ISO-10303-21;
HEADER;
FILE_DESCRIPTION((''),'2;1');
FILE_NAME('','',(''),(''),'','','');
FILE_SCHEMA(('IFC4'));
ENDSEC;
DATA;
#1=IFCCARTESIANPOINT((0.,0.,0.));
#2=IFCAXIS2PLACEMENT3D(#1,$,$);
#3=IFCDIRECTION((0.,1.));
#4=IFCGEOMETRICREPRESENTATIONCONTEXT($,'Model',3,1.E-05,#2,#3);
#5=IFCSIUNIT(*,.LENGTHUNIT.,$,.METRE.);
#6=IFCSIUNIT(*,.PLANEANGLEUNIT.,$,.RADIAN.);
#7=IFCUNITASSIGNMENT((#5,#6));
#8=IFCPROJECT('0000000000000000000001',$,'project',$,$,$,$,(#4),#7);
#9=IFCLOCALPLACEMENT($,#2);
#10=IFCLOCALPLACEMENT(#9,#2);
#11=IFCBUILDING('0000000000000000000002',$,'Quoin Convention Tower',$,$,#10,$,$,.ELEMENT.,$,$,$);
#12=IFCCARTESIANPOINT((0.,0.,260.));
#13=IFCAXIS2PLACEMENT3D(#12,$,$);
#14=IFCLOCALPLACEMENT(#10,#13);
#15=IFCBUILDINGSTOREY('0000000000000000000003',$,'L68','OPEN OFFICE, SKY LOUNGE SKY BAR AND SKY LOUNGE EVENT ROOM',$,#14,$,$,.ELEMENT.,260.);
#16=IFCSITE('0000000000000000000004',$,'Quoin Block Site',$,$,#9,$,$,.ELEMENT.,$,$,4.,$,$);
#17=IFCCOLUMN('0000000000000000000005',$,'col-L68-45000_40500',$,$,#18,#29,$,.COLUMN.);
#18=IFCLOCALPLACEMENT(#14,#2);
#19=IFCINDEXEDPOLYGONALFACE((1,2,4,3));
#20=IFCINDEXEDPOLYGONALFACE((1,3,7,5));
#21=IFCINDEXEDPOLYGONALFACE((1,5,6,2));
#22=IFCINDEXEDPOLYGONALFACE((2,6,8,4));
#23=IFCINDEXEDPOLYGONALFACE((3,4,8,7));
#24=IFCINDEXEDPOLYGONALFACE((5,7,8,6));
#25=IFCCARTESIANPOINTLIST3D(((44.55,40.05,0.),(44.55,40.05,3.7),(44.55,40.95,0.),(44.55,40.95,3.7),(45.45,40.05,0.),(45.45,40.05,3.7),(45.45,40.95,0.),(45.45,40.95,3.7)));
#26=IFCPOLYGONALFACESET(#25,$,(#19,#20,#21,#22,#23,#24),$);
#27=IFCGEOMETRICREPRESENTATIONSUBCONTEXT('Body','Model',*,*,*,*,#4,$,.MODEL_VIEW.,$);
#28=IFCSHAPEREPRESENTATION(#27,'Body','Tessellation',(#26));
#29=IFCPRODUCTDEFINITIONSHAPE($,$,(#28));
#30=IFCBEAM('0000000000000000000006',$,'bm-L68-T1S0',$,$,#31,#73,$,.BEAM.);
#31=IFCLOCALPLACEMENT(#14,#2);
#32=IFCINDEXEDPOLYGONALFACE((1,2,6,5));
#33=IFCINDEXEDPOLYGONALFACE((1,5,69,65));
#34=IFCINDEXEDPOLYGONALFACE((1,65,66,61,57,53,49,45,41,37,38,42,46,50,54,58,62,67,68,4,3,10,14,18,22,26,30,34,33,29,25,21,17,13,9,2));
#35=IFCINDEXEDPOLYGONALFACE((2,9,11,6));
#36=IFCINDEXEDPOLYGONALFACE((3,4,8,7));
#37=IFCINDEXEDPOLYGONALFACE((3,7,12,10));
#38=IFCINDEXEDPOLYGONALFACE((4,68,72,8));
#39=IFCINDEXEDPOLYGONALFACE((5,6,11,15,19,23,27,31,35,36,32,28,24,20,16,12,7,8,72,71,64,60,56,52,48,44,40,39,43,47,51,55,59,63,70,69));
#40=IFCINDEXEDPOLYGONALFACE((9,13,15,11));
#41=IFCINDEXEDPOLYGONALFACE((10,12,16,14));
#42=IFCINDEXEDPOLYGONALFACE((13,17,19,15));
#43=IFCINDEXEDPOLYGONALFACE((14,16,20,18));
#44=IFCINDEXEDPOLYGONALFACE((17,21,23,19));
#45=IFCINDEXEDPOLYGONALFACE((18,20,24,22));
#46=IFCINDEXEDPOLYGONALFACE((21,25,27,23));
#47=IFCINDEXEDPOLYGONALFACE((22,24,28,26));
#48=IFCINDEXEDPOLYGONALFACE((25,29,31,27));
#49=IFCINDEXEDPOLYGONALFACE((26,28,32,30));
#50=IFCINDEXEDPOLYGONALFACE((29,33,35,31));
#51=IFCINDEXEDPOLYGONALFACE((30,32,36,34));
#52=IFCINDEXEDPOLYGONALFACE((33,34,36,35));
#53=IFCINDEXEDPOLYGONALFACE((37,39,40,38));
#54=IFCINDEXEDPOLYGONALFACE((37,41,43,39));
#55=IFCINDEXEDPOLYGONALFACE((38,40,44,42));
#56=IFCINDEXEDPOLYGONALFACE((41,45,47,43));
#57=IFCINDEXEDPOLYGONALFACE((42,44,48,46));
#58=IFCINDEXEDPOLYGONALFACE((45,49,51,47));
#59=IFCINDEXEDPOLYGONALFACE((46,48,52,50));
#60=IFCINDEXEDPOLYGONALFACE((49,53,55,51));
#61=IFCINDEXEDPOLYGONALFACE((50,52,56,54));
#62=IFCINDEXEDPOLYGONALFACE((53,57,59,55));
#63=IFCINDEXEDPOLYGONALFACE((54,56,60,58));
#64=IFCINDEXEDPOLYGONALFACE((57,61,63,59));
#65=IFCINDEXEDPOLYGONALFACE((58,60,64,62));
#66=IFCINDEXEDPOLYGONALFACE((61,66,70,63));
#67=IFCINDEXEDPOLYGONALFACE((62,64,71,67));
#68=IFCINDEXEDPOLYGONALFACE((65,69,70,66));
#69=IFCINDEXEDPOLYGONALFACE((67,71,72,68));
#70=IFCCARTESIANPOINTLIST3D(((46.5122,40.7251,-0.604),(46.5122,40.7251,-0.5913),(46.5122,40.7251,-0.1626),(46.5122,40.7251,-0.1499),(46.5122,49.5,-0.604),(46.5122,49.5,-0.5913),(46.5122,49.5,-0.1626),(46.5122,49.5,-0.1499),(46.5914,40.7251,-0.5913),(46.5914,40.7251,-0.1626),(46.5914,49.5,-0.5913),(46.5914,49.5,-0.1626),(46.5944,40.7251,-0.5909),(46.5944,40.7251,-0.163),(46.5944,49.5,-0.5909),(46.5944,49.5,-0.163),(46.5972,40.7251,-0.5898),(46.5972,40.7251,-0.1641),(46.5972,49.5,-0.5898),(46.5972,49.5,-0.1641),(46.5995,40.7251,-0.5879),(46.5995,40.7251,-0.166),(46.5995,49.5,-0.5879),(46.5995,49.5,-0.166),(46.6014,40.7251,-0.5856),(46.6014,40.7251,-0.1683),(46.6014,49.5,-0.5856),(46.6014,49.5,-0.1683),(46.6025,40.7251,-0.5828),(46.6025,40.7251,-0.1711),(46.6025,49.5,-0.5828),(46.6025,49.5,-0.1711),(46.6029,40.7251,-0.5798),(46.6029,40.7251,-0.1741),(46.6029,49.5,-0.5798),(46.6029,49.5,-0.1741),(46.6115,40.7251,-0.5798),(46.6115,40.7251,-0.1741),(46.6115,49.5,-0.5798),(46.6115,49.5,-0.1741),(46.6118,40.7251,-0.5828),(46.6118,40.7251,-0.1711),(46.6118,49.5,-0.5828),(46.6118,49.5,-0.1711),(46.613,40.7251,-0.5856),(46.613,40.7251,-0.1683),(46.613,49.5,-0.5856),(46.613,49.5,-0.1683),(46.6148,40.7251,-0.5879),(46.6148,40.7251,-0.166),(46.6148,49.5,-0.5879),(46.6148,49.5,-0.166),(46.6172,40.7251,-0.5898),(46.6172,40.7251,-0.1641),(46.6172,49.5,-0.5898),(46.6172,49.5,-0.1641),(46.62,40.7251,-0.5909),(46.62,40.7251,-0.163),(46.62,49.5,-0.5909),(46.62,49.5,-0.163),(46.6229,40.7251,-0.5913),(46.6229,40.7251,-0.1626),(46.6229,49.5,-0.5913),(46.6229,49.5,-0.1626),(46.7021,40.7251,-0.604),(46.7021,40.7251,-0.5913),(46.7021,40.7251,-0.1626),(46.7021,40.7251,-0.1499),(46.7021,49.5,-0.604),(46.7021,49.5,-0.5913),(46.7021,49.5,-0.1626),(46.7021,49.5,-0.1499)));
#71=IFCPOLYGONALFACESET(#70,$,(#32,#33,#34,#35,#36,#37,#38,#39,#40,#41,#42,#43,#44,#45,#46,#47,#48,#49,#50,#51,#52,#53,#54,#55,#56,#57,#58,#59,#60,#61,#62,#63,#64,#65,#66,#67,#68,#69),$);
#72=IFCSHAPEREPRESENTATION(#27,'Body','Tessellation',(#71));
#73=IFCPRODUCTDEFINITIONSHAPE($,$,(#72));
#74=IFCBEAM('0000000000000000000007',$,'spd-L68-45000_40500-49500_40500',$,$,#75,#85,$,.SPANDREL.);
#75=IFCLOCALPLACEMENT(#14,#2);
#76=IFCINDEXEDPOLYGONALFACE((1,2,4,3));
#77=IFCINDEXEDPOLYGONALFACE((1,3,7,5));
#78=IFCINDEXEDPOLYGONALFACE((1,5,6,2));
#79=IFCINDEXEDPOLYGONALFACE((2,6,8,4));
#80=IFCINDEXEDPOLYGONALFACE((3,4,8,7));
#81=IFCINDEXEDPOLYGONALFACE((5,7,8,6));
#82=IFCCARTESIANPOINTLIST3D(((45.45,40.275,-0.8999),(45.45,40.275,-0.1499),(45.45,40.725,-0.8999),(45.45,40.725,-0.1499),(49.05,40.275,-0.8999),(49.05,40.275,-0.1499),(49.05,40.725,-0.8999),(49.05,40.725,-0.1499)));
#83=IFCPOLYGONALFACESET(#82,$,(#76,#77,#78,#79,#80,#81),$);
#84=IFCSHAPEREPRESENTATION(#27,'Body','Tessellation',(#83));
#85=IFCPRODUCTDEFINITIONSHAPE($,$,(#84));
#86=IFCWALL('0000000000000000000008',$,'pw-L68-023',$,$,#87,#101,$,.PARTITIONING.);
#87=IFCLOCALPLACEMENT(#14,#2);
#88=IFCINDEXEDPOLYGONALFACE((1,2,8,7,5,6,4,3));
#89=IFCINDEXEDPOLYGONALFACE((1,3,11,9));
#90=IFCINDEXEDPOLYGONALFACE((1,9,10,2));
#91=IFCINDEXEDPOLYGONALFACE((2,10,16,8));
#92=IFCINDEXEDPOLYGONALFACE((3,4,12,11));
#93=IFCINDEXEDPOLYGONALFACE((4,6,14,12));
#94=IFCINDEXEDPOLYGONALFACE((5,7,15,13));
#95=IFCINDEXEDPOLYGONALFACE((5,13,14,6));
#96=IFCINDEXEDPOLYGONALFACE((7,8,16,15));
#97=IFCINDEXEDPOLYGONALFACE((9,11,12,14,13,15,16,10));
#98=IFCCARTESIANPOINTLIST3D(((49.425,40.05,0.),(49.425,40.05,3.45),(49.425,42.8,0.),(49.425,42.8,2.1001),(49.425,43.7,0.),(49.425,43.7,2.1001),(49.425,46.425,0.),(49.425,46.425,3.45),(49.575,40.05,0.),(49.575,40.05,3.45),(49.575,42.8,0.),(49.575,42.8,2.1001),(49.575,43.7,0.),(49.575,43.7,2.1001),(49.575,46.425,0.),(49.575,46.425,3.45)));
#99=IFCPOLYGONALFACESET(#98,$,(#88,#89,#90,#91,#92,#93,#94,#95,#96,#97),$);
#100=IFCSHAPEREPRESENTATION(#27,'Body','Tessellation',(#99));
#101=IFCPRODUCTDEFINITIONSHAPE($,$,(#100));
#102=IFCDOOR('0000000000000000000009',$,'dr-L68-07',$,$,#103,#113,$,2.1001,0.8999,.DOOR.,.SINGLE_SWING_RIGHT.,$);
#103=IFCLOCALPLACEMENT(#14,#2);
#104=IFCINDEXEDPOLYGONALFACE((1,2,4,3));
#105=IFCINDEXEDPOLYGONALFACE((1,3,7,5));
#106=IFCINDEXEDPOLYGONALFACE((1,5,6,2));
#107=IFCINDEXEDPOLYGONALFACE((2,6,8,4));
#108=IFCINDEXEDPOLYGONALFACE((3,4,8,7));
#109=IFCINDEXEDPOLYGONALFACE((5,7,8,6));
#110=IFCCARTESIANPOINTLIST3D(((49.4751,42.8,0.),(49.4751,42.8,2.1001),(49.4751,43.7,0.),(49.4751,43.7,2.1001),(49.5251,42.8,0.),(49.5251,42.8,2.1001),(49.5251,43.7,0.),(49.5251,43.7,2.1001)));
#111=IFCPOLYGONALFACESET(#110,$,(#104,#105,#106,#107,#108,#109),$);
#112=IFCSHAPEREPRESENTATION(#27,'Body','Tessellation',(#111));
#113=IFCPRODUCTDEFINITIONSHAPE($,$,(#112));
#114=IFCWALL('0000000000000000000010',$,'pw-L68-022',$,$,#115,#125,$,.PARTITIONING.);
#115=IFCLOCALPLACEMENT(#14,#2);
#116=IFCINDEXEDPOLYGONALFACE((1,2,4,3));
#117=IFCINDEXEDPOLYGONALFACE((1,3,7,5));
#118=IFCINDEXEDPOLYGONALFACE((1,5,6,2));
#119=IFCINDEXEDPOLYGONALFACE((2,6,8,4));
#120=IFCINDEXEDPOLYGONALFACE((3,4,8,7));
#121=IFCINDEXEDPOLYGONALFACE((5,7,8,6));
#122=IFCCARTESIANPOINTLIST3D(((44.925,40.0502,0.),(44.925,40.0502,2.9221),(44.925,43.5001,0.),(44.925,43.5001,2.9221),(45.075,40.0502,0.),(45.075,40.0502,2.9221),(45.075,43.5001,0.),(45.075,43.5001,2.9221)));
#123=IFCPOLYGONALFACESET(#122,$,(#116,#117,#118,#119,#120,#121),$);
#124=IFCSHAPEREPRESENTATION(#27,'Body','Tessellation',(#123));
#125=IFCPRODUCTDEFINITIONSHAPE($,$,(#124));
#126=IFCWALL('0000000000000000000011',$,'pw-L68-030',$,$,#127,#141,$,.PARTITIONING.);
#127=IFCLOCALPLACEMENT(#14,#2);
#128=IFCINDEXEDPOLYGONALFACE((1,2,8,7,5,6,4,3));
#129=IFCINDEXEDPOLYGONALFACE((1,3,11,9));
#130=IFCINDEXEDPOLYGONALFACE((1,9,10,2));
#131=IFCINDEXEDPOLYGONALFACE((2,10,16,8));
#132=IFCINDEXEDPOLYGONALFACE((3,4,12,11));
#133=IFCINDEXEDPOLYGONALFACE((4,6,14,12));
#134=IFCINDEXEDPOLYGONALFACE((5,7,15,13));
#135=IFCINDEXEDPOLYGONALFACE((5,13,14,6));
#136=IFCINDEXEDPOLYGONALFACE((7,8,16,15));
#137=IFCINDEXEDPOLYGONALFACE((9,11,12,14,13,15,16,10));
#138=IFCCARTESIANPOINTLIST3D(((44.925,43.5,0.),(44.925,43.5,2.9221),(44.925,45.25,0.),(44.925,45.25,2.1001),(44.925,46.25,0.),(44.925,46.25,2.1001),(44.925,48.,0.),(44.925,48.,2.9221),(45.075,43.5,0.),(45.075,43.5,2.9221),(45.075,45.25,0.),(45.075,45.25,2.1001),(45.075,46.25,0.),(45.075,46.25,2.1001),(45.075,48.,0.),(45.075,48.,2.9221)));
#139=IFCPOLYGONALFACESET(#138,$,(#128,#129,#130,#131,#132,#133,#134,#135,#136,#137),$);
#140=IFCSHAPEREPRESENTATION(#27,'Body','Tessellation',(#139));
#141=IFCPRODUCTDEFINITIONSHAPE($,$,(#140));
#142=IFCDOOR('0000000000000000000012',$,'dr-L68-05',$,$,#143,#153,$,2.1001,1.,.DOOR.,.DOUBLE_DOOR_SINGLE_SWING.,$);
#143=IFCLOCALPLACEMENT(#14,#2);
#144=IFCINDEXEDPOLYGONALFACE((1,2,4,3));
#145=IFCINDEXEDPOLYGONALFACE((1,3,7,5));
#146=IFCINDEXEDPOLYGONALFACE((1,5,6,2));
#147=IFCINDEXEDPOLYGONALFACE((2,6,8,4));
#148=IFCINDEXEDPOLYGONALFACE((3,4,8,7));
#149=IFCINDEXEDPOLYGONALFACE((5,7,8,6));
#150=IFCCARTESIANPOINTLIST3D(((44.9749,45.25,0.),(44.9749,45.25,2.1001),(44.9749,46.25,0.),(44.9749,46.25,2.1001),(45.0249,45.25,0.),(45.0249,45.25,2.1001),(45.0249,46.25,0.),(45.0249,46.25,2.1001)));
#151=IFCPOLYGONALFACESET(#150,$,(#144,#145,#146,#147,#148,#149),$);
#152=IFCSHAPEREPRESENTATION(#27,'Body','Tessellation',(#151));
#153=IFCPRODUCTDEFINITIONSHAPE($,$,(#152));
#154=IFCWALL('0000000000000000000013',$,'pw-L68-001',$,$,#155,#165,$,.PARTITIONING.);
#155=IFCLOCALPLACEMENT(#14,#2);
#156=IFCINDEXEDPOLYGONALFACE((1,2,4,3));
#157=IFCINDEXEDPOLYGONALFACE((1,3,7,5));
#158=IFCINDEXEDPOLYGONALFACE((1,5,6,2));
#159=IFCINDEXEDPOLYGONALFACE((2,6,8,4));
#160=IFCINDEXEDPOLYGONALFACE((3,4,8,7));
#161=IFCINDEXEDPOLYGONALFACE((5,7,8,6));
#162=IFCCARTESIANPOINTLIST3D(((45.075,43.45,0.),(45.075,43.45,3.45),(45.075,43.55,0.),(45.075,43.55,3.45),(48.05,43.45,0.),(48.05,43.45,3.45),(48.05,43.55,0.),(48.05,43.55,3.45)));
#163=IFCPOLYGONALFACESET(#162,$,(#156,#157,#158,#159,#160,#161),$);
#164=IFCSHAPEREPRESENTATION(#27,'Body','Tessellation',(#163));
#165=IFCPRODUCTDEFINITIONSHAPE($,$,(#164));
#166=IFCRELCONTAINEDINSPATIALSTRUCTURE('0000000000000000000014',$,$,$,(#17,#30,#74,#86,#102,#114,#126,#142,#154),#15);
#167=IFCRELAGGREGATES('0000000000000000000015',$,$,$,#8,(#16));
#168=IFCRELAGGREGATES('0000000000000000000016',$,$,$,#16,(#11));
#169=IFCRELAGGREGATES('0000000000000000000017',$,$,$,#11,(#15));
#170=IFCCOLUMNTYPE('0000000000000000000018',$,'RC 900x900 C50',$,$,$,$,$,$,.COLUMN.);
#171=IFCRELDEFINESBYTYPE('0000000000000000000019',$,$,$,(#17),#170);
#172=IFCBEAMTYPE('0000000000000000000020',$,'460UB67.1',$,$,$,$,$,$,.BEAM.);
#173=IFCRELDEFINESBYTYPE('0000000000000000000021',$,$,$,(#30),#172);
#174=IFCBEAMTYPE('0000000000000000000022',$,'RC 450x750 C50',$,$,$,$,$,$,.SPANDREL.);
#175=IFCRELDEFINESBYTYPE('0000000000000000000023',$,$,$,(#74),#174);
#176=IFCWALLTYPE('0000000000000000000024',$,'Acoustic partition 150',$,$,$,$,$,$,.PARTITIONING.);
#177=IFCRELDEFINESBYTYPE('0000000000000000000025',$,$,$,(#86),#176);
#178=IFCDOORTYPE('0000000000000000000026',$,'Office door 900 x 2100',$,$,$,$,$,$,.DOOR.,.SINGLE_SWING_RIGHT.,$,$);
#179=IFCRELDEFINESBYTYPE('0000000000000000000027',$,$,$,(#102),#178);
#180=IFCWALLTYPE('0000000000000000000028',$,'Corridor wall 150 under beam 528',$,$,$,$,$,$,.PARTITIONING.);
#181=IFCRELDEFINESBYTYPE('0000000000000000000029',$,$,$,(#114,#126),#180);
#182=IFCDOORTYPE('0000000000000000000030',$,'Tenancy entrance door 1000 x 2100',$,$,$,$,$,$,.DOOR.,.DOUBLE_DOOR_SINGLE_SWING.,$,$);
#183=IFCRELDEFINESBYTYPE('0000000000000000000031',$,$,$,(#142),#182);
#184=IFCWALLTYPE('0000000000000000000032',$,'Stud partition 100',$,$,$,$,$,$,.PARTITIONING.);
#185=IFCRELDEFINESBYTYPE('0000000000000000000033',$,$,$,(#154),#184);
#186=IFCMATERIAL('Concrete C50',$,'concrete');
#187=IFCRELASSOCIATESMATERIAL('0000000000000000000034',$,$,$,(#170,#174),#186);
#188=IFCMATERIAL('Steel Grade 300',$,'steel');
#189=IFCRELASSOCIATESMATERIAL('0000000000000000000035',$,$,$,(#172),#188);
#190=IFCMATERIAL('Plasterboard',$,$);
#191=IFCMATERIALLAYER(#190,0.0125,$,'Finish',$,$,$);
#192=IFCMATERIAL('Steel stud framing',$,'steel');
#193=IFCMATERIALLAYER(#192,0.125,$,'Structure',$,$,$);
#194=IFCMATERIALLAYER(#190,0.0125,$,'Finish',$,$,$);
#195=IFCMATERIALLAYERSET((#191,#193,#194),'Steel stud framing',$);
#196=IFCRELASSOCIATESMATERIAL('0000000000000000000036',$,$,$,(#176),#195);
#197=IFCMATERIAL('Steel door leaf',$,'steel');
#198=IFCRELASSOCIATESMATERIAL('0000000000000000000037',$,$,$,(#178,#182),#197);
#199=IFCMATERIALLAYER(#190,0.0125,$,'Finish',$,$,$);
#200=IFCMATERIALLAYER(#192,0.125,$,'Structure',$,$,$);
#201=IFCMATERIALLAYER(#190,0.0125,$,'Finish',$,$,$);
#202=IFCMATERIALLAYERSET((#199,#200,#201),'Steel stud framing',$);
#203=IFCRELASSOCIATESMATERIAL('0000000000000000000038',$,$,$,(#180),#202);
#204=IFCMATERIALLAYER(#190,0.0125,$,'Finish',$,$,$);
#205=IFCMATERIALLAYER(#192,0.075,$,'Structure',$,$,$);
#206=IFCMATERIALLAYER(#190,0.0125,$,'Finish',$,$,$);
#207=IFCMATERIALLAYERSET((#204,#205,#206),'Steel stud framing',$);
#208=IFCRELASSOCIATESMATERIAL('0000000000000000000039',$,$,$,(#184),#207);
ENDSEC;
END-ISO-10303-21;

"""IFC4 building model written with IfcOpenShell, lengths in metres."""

from ifc_helpers import new_model, si_unit, direction, frame, frame_2d, origin, origin_2d, place, context, subcontext, project, spatial, rectangle, i_section, extrude, material, layer, layer_set, material_profile, profile_set, type_object, element, fill, save


model = new_model("IFC4")

# Units and contexts
model_context = context("Model", 3, precision=1e-05, world=origin(), true_north=direction((0.0, 1.0)))
body_context = subcontext(model_context, "Body", "Model", "MODEL_VIEW")
ifc_project = project(units=[si_unit("LENGTHUNIT", "METRE"), si_unit("PLANEANGLEUNIT", "RADIAN")], contexts=[model_context])

# Site, building, storey
site_placement = place(None, origin())
site = spatial("IfcSite", under=ifc_project, at=site_placement, Name="Quoin Block Site", CompositionType="ELEMENT", RefElevation=4.0)
building_placement = place(site_placement, origin())
building = spatial("IfcBuilding", under=site, at=building_placement, Name="Quoin Convention Tower", CompositionType="ELEMENT")
storey_placement = place(building_placement, frame((0.0, 0.0, 260.0)))
storey = spatial("IfcBuildingStorey", under=building, at=storey_placement, Name="L68", Description="OPEN OFFICE, SKY LOUNGE SKY BAR AND SKY LOUNGE EVENT ROOM", CompositionType="ELEMENT", Elevation=260.0)

# Column
ifc_material_1 = material(Name="Concrete C50", Category="concrete")
ifc_material_profile_1 = material_profile(ifc_material_1, rectangle(XDim=0.8999, YDim=0.8999, at=origin_2d()), Name="RC 900x900")
ifc_profile_set_1 = profile_set([ifc_material_profile_1], Name="Concrete C50")
column_type = type_object("IfcColumnType", Name="RC 900x900 C50", PredefinedType="COLUMN", material=ifc_profile_set_1)
column_placement = place(storey_placement, frame((45.0, 40.5, 0.0), z_axis=(0.0, 0.0, 1.0), x_axis=(1.0, 0.0, 0.0)))
element("IfcColumn", 1, at=column_placement, inside=storey, type_object=column_type, Name="col-L68-45000_40500", PredefinedType="COLUMN", context=body_context, shape_type="SweptSolid", body=[
    extrude(rectangle(XDim=0.8999, YDim=0.8999, at=origin_2d()), origin(), (0.0, 0.0, 1.0), 3.7),
])

# Beams
ifc_material_2 = material(Name="Steel Grade 300", Category="steel")
ifc_material_profile_2 = material_profile(ifc_material_2, i_section(OverallWidth=0.1899, OverallDepth=0.4541, WebThickness=0.0085, FlangeThickness=0.0127, FilletRadius=0.0115, at=origin_2d()), Name="460UB67.1")
ifc_profile_set_2 = profile_set([ifc_material_profile_2], Name="Steel Grade 300")
beam_type_1 = type_object("IfcBeamType", Name="460UB67.1", PredefinedType="BEAM", material=ifc_profile_set_2)
beam_1_placement = place(storey_placement, frame((46.6072, 40.7251, -0.377), z_axis=(0.0, 1.0, 0.0), x_axis=(-1.0, 0.0, 0.0)))
element("IfcBeam", 2, at=beam_1_placement, inside=storey, type_object=beam_type_1, Name="bm-L68-T1S0", PredefinedType="BEAM", context=body_context, shape_type="SweptSolid", body=[
    extrude(i_section(OverallWidth=0.1899, OverallDepth=0.4541, WebThickness=0.0085, FlangeThickness=0.0127, FilletRadius=0.0115, at=origin_2d()), origin(), (0.0, 0.0, 1.0), 8.7749),
])
ifc_material_profile_3 = material_profile(ifc_material_1, rectangle(XDim=0.45, YDim=0.75, at=origin_2d()), Name="RC 450x750")
ifc_profile_set_3 = profile_set([ifc_material_profile_3], Name="Concrete C50")
beam_type_2 = type_object("IfcBeamType", Name="RC 450x750 C50", PredefinedType="SPANDREL", material=ifc_profile_set_3)
beam_2_placement = place(storey_placement, frame((45.45, 40.5, -0.5249), z_axis=(1.0, 0.0, 0.0), x_axis=(0.0, 1.0, 0.0)))
element("IfcBeam", 3, at=beam_2_placement, inside=storey, type_object=beam_type_2, Name="spd-L68-45000_40500-49500_40500", PredefinedType="SPANDREL", context=body_context, shape_type="SweptSolid", body=[
    extrude(rectangle(XDim=0.45, YDim=0.75, at=origin_2d()), origin(), (0.0, 0.0, 1.0), 3.6001),
])

# Wall, opening, door
ifc_material_3 = material(Name="Plasterboard")
ifc_layer_1 = layer(ifc_material_3, 0.0125, Name="Finish")
ifc_material_4 = material(Name="Steel stud framing", Category="steel")
ifc_layer_2 = layer(ifc_material_4, 0.125, Name="Structure")
ifc_layer_3 = layer(ifc_material_3, 0.0125, Name="Finish")
ifc_layer_set_1 = layer_set([ifc_layer_1, ifc_layer_2, ifc_layer_3], Name="Steel stud framing")
wall_type_1 = type_object("IfcWallType", Name="Acoustic partition 150", PredefinedType="PARTITIONING", material=ifc_layer_set_1)
wall_1_placement = place(storey_placement, frame((49.5, 40.05, 0.0), z_axis=(0.0, 0.0, 1.0), x_axis=(0.0, 1.0, 0.0)))
wall_1 = element("IfcWall", 4, at=wall_1_placement, inside=storey, type_object=wall_type_1, Name="pw-L68-023", PredefinedType="PARTITIONING", context=body_context, shape_type="SweptSolid", body=[
    extrude(rectangle(XDim=6.375, YDim=0.1499, at=frame_2d((3.1875, 0.0))), origin(), (0.0, 0.0, 1.0), 3.45),
])
opening_1_placement = place(wall_1_placement, frame((2.75, 0.0, 0.0)))
opening_1 = element("IfcOpeningElement", 5, at=opening_1_placement, cuts=wall_1, PredefinedType="OPENING", context=body_context, shape_type="SweptSolid", body=[
    extrude(rectangle(XDim=0.8999, YDim=2.1001, at=frame_2d((0.45, 1.05))), frame((0.0, 0.085, 0.0), z_axis=(0.0, -1.0, 0.0), x_axis=(1.0, 0.0, 0.0)), (0.0, 0.0, 1.0), 0.1699),
])
ifc_material_5 = material(Name="Steel door leaf", Category="steel")
door_type_1 = type_object("IfcDoorType", Name="Office door 900 x 2100", OperationType="SINGLE_SWING_RIGHT", PredefinedType="DOOR", material=ifc_material_5)
door_1_placement = place(opening_1_placement, origin())
door_1 = element("IfcDoor", 6, at=door_1_placement, inside=storey, type_object=door_type_1, Name="dr-L68-07", OperationType="SINGLE_SWING_RIGHT", OverallHeight=2.1001, OverallWidth=0.8999, PredefinedType="DOOR", context=body_context, shape_type="SweptSolid", body=[
    extrude(rectangle(XDim=0.8999, YDim=2.1001, at=frame_2d((0.45, 1.05))), frame((0.0, 0.0249, 0.0), z_axis=(0.0, -1.0, 0.0), x_axis=(1.0, 0.0, 0.0)), (0.0, 0.0, 1.0), 0.05),
])
fill(opening_1, door_1)

# Wall
ifc_layer_4 = layer(ifc_material_3, 0.0125, Name="Finish")
ifc_layer_5 = layer(ifc_material_4, 0.125, Name="Structure")
ifc_layer_6 = layer(ifc_material_3, 0.0125, Name="Finish")
ifc_layer_set_2 = layer_set([ifc_layer_4, ifc_layer_5, ifc_layer_6], Name="Steel stud framing")
wall_type_2 = type_object("IfcWallType", Name="Corridor wall 150 under beam 528", PredefinedType="PARTITIONING", material=ifc_layer_set_2)
wall_2_placement = place(storey_placement, frame((45.0, 40.05, 0.0), z_axis=(0.0, 0.0, 1.0), x_axis=(0.0, 1.0, 0.0)))
element("IfcWall", 7, at=wall_2_placement, inside=storey, type_object=wall_type_2, Name="pw-L68-022", PredefinedType="PARTITIONING", context=body_context, shape_type="SweptSolid", body=[
    extrude(rectangle(XDim=3.45, YDim=0.1499, at=frame_2d((1.7251, 0.0))), origin(), (0.0, 0.0, 1.0), 2.9221),
])

# Wall, opening, door
wall_3_placement = place(storey_placement, frame((45.0, 43.5, 0.0), z_axis=(0.0, 0.0, 1.0), x_axis=(0.0, 1.0, 0.0)))
wall_3 = element("IfcWall", 8, at=wall_3_placement, inside=storey, type_object=wall_type_2, Name="pw-L68-030", PredefinedType="PARTITIONING", context=body_context, shape_type="SweptSolid", body=[
    extrude(rectangle(XDim=4.5, YDim=0.1499, at=frame_2d((2.25, 0.0))), origin(), (0.0, 0.0, 1.0), 2.9221),
])
opening_2_placement = place(wall_3_placement, frame((1.75, 0.0, 0.0)))
opening_2 = element("IfcOpeningElement", 9, at=opening_2_placement, cuts=wall_3, PredefinedType="OPENING", context=body_context, shape_type="SweptSolid", body=[
    extrude(rectangle(XDim=1.0, YDim=2.1001, at=frame_2d((0.5, 1.05))), frame((0.0, 0.085, 0.0), z_axis=(0.0, -1.0, 0.0), x_axis=(1.0, 0.0, 0.0)), (0.0, 0.0, 1.0), 0.1699),
])
door_type_2 = type_object("IfcDoorType", Name="Tenancy entrance door 1000 x 2100", OperationType="DOUBLE_DOOR_SINGLE_SWING", PredefinedType="DOOR", material=ifc_material_5)
door_2_placement = place(opening_2_placement, frame((1.0, 0.0, 0.0), z_axis=(0.0, 0.0, 1.0), x_axis=(-1.0, 0.0, 0.0)))
door_2 = element("IfcDoor", 10, at=door_2_placement, inside=storey, type_object=door_type_2, Name="dr-L68-05", OperationType="DOUBLE_DOOR_SINGLE_SWING", OverallHeight=2.1001, OverallWidth=1.0, PredefinedType="DOOR", context=body_context, shape_type="SweptSolid", body=[
    extrude(rectangle(XDim=1.0, YDim=2.1001, at=frame_2d((0.5, 1.05))), frame((0.0, 0.0249, 0.0), z_axis=(0.0, -1.0, 0.0), x_axis=(1.0, 0.0, 0.0)), (0.0, 0.0, 1.0), 0.05),
])
fill(opening_2, door_2)

# Wall
ifc_layer_7 = layer(ifc_material_3, 0.0125, Name="Finish")
ifc_layer_8 = layer(ifc_material_4, 0.075, Name="Structure")
ifc_layer_9 = layer(ifc_material_3, 0.0125, Name="Finish")
ifc_layer_set_3 = layer_set([ifc_layer_7, ifc_layer_8, ifc_layer_9], Name="Steel stud framing")
wall_type_3 = type_object("IfcWallType", Name="Stud partition 100", PredefinedType="PARTITIONING", material=ifc_layer_set_3)
wall_4_placement = place(storey_placement, frame((45.075, 43.5, 0.0), z_axis=(0.0, 0.0, 1.0), x_axis=(1.0, 0.0, 0.0)))
element("IfcWall", 11, at=wall_4_placement, inside=storey, type_object=wall_type_3, Name="pw-L68-001", PredefinedType="PARTITIONING", context=body_context, shape_type="SweptSolid", body=[
    extrude(rectangle(XDim=2.9751, YDim=0.1001, at=frame_2d((1.4875, 0.0))), origin(), (0.0, 0.0, 1.0), 3.45),
])

save(model, "model.ifc")
